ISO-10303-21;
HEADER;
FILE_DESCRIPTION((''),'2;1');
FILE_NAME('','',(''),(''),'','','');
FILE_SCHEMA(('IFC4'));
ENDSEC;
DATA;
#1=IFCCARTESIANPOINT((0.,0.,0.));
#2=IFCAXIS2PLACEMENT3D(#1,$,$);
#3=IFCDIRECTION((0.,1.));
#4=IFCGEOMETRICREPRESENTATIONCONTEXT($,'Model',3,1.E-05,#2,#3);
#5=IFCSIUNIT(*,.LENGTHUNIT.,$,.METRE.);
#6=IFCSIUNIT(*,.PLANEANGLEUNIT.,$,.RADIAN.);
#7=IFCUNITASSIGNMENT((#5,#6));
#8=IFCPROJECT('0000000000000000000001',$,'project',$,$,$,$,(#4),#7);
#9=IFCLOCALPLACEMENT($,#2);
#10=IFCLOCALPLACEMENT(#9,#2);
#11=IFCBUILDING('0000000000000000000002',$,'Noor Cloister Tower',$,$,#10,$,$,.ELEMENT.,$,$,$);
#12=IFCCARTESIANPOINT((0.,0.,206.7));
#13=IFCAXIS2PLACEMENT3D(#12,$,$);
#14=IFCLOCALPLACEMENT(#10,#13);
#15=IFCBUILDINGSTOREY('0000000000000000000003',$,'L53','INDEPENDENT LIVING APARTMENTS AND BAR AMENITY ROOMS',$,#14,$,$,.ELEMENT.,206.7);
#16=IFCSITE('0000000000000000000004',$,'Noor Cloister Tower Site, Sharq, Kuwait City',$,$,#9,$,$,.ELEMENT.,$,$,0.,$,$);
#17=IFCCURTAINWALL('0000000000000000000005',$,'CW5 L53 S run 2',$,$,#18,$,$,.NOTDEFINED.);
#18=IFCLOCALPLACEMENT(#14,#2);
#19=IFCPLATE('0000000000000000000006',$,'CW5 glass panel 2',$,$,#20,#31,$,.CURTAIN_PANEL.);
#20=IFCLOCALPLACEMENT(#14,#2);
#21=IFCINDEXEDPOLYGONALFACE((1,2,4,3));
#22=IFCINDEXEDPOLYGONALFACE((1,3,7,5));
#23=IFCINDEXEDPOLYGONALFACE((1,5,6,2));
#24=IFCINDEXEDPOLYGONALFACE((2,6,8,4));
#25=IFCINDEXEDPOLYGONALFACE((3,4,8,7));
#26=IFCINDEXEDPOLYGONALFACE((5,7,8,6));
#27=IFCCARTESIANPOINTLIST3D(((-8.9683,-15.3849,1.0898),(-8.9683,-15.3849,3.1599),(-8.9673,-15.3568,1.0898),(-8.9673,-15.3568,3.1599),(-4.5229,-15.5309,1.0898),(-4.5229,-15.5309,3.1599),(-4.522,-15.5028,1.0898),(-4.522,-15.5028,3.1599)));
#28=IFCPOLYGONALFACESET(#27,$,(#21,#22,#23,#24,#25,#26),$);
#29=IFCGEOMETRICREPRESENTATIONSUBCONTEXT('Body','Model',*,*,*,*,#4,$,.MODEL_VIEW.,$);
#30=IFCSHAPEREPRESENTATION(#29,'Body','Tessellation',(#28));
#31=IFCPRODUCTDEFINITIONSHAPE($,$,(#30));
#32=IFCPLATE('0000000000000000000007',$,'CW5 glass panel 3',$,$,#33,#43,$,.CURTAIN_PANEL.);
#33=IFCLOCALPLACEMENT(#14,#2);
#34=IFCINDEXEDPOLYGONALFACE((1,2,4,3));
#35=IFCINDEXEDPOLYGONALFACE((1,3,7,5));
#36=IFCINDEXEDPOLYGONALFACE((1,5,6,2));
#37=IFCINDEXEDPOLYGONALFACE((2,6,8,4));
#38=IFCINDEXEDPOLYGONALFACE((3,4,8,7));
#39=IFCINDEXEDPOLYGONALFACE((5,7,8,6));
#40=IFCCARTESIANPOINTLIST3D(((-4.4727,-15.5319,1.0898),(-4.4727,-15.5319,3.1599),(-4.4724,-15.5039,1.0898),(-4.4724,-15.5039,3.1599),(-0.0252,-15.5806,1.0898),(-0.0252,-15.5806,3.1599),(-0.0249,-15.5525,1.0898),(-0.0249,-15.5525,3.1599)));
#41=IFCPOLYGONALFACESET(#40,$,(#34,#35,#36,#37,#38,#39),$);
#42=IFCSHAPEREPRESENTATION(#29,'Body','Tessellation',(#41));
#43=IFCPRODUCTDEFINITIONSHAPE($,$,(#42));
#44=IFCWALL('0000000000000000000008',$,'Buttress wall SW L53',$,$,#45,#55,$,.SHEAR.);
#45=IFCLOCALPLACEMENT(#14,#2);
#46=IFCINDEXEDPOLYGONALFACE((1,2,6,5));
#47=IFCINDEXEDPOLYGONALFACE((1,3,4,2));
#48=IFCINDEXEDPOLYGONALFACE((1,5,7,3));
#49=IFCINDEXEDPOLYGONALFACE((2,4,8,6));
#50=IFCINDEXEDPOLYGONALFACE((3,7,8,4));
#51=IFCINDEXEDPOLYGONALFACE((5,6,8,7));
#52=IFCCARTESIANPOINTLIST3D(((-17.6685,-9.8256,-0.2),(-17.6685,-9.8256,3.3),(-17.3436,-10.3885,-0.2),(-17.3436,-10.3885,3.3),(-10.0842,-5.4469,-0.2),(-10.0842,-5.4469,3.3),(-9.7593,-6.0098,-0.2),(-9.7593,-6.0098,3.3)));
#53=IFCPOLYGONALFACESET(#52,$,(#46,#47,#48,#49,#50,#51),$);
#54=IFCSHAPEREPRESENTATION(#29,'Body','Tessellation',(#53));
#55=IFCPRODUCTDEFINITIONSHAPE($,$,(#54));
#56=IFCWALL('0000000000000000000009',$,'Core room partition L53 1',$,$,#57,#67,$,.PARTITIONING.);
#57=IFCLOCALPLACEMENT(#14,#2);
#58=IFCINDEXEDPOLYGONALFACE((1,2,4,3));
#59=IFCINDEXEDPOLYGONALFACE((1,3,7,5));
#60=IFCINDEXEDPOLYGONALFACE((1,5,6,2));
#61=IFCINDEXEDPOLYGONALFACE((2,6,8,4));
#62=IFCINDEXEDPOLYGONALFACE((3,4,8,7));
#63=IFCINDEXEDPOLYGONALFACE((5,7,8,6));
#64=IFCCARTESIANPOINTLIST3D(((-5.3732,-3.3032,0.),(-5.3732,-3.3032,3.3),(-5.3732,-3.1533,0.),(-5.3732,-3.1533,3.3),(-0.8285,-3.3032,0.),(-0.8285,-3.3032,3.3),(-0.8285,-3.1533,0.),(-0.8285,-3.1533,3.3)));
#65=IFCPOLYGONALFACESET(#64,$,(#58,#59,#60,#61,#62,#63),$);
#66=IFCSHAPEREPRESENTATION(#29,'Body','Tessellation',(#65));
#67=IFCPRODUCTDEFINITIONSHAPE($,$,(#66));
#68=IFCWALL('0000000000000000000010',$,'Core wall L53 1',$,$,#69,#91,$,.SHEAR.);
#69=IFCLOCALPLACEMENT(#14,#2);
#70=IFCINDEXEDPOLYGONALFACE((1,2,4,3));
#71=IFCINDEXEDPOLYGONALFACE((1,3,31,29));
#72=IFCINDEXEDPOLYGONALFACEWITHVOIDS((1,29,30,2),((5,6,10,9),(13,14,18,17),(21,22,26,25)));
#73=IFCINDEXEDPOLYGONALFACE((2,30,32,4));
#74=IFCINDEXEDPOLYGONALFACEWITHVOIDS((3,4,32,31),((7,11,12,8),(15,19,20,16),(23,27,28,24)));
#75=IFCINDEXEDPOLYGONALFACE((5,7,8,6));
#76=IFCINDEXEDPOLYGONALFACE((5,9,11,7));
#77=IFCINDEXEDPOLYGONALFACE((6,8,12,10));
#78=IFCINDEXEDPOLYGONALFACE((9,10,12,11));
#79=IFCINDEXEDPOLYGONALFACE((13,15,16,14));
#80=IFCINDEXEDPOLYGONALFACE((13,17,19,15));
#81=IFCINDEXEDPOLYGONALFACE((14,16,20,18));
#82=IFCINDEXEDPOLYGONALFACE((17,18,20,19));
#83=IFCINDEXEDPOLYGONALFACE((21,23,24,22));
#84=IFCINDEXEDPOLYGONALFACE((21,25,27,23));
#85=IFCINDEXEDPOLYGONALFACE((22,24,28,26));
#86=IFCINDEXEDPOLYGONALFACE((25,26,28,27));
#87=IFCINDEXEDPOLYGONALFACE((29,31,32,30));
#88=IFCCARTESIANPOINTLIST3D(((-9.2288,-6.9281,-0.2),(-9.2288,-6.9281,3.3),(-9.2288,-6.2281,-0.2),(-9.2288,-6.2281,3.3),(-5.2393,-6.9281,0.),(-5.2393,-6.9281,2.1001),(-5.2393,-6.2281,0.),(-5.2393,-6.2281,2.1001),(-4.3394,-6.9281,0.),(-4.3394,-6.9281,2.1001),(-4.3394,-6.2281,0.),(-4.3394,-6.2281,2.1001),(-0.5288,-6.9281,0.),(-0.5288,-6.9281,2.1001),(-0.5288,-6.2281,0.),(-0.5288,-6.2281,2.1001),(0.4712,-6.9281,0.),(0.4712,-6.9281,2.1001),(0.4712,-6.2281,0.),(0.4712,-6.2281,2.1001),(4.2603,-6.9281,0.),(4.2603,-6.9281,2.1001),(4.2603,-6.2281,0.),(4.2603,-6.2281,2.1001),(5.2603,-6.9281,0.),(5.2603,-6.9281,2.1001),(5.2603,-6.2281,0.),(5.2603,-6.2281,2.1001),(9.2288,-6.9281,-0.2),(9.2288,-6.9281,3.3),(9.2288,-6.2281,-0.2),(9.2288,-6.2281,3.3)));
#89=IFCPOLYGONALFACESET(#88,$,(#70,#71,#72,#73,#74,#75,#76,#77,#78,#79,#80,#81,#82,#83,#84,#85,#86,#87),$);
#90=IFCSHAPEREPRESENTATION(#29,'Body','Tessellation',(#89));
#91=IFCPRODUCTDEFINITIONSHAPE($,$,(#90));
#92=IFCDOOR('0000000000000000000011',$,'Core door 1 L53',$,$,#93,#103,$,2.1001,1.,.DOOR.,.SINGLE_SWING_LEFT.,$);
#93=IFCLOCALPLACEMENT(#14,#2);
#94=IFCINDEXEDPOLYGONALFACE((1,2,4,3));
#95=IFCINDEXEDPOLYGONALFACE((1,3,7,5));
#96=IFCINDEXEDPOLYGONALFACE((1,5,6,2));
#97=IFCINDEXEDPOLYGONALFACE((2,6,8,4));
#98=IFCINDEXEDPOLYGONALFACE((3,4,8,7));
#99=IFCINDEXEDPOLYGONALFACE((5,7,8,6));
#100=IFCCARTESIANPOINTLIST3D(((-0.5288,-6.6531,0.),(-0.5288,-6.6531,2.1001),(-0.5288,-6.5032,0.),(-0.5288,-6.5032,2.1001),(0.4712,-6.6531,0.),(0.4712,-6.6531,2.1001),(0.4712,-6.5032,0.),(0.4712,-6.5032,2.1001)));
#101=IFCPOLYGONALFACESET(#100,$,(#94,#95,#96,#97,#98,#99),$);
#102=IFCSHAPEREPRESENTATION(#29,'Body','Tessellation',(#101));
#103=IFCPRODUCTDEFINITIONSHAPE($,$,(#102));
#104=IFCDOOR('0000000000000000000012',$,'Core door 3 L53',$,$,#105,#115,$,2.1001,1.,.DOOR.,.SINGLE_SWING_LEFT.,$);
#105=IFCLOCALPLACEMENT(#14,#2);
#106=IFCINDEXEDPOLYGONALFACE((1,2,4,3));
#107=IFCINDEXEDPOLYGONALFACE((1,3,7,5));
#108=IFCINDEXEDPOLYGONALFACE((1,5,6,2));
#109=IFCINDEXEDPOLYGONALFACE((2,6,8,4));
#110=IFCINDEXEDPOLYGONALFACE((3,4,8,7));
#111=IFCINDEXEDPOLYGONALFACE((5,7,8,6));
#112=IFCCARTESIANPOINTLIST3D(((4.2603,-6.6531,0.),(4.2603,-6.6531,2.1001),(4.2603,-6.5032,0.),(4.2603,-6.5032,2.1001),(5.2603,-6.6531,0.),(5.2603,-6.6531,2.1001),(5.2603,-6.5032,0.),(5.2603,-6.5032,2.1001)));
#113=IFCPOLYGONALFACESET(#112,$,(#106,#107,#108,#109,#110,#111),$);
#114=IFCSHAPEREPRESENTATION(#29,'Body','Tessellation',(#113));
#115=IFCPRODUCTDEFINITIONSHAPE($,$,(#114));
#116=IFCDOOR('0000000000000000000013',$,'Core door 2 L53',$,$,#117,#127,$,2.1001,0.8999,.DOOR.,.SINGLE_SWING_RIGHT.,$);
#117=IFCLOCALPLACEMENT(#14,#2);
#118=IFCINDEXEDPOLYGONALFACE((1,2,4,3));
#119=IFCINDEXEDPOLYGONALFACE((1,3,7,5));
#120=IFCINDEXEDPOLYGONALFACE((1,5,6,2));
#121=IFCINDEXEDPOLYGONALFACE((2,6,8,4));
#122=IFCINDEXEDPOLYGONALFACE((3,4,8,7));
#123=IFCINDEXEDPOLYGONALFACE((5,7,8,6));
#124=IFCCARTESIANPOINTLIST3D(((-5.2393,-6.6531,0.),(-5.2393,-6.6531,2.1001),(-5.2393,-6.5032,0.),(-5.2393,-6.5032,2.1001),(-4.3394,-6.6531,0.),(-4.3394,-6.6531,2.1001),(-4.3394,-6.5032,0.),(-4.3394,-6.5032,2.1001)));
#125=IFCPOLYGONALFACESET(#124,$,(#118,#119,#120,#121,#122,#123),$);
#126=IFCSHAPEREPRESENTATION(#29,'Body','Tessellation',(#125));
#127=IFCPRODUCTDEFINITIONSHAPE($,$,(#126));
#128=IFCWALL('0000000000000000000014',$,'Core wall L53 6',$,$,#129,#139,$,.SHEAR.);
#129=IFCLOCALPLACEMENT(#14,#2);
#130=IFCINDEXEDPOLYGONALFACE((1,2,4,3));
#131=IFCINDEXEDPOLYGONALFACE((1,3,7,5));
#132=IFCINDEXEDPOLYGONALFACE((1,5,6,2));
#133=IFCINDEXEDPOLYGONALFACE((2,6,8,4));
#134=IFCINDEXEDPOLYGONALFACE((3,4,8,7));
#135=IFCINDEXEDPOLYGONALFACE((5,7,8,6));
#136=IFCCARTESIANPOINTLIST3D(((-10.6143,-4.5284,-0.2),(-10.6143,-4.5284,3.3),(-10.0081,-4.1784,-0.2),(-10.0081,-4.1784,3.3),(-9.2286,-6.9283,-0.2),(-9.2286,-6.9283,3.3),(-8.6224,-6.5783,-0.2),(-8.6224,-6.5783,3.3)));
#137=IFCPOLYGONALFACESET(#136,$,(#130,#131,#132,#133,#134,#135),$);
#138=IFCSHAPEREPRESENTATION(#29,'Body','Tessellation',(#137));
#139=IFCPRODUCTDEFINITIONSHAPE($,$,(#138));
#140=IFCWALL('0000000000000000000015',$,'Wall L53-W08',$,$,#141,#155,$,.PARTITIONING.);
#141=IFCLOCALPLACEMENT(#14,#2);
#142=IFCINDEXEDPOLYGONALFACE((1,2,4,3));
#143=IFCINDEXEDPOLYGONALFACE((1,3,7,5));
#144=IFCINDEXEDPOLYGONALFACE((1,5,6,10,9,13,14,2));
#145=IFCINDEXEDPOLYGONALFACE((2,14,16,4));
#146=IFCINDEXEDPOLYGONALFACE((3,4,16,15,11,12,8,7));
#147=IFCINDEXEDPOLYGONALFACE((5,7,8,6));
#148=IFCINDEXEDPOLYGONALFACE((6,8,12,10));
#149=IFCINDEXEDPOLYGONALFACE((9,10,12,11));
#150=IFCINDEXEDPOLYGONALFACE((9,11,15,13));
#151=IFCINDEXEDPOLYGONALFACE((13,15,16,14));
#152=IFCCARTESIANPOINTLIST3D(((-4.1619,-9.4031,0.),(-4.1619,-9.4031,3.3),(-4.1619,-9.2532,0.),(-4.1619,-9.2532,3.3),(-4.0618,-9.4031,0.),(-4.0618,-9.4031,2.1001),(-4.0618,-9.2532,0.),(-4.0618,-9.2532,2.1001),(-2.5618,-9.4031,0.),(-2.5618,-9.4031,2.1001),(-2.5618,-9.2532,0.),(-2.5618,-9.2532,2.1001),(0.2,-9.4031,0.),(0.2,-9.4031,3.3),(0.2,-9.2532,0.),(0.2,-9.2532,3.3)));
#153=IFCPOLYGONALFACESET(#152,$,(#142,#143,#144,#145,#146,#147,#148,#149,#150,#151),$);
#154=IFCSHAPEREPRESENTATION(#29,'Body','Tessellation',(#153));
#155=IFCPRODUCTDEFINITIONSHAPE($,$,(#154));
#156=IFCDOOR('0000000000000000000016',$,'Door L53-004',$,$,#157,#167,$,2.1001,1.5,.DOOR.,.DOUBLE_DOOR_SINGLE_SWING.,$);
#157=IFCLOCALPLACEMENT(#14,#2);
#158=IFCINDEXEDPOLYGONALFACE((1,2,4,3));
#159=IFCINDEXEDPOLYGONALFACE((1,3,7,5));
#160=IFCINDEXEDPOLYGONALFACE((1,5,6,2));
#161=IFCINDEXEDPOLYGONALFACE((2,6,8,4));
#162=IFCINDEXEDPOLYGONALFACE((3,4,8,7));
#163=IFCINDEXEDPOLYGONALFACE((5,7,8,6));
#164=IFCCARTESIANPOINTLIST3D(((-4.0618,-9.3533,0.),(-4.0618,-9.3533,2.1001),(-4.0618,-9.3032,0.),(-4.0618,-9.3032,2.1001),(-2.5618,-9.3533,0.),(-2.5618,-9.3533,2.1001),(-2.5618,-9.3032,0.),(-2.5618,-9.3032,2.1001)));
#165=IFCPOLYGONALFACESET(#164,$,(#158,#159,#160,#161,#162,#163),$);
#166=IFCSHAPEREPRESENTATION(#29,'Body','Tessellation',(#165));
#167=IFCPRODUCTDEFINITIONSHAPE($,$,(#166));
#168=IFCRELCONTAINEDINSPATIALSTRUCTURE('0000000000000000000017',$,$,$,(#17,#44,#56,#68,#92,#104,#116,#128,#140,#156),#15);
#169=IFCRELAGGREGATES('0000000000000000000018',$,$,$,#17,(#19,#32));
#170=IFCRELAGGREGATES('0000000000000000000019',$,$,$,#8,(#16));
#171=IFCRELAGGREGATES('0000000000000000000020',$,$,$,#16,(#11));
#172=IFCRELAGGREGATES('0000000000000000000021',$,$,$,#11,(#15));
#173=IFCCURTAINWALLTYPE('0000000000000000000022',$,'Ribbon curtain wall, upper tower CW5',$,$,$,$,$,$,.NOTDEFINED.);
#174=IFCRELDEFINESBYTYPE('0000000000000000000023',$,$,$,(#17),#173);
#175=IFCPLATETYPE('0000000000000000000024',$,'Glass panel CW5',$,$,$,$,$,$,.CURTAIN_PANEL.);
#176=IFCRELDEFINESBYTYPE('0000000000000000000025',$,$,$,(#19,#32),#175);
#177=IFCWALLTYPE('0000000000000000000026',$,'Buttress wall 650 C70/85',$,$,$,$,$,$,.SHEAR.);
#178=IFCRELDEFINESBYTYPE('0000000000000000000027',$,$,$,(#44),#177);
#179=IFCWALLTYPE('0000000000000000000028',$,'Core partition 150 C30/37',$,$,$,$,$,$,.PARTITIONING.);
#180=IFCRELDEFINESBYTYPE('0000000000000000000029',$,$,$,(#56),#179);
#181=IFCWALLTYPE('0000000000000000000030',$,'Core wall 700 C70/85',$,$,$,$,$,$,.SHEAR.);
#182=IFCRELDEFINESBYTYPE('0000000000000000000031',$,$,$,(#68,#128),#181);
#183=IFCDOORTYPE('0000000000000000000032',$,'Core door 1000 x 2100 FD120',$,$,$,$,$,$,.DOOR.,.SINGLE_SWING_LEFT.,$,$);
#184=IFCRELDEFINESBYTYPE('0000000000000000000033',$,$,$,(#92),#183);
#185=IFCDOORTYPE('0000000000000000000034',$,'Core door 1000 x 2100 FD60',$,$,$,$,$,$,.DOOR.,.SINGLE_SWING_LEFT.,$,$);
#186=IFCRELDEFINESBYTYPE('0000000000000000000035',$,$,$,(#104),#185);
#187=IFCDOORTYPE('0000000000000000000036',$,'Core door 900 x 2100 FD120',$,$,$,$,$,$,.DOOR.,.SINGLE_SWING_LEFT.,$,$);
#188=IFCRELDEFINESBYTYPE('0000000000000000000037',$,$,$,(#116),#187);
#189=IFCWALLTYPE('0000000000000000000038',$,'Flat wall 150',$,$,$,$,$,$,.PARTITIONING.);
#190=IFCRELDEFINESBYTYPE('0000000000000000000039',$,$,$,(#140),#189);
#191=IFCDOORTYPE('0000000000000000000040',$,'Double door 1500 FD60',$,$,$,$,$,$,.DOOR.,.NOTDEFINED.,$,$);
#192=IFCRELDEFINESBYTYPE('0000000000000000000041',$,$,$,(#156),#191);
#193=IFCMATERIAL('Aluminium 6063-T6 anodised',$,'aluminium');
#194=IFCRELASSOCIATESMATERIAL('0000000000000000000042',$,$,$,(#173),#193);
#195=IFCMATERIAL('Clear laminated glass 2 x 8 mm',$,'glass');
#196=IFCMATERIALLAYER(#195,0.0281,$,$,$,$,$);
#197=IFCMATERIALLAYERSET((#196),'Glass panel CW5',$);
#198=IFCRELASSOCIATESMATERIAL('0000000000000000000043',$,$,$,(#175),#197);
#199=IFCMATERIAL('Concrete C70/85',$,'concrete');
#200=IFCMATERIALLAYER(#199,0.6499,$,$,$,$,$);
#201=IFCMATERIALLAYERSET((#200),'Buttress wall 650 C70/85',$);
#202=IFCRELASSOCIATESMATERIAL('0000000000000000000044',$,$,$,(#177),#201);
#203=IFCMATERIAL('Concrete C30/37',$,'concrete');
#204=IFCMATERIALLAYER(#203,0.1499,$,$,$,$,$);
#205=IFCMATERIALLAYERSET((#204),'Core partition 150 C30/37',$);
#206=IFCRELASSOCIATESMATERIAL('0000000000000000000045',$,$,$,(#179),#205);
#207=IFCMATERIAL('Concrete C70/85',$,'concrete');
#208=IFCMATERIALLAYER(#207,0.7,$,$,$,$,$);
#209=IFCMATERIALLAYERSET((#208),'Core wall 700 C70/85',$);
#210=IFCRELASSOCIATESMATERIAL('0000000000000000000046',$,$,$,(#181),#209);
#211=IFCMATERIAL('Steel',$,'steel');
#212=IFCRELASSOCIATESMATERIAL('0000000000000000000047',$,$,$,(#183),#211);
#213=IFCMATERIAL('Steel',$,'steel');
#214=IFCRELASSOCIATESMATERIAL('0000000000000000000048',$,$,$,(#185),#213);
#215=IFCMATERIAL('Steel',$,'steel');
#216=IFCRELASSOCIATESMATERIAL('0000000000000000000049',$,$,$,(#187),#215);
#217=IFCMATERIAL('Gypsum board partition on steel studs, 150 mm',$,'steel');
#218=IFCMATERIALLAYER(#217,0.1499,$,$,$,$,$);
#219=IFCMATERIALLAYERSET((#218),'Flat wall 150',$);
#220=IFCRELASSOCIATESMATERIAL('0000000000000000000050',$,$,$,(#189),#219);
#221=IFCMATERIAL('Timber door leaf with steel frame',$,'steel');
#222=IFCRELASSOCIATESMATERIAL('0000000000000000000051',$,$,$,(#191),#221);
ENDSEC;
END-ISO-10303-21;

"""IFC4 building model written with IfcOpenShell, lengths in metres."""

from ifc_helpers import new_model, si_unit, direction, frame, frame_2d, origin, origin_2d, place, context, subcontext, project, spatial, rectangle, extrude, material, layer, layer_set, type_object, element, fill, aggregate, save


model = new_model("IFC4")

# Units and contexts
model_context = context("Model", 3, precision=1e-05, world=origin(), true_north=direction((0.0, 1.0)))
body_context = subcontext(model_context, "Body", "Model", "MODEL_VIEW")
ifc_project = project(units=[si_unit("LENGTHUNIT", "METRE"), si_unit("PLANEANGLEUNIT", "RADIAN")], contexts=[model_context])

# Site, building, storey
site_placement = place(None, origin())
site = spatial("IfcSite", under=ifc_project, at=site_placement, Name="Noor Cloister Tower Site, Sharq, Kuwait City", CompositionType="ELEMENT", RefElevation=0.0)
building_placement = place(site_placement, origin())
building = spatial("IfcBuilding", under=site, at=building_placement, Name="Noor Cloister Tower", CompositionType="ELEMENT")
storey_placement = place(building_placement, frame((0.0, 0.0, 206.7)))
storey = spatial("IfcBuildingStorey", under=building, at=storey_placement, Name="L53", Description="INDEPENDENT LIVING APARTMENTS AND BAR AMENITY ROOMS", CompositionType="ELEMENT", Elevation=206.7)

# Curtain wall
ifc_material_1 = material(Name="Aluminium 6063-T6 anodised", Category="aluminium")
curtain_wall_type = type_object("IfcCurtainWallType", Name="Ribbon curtain wall, upper tower CW5", PredefinedType="NOTDEFINED", material=ifc_material_1)
curtain_wall_1_placement = place(storey_placement, origin())
curtain_wall_1 = element("IfcCurtainWall", 1, at=curtain_wall_1_placement, inside=storey, type_object=curtain_wall_type, Name="CW5 L53 S run 2", PredefinedType="NOTDEFINED")

# Plates
ifc_material_2 = material(Name="Clear laminated glass 2 x 8 mm", Category="glass")
ifc_layer_1 = layer(ifc_material_2, 0.0281)
ifc_layer_set_1 = layer_set([ifc_layer_1], Name="Glass panel CW5")
plate_type = type_object("IfcPlateType", Name="Glass panel CW5", PredefinedType="CURTAIN_PANEL", material=ifc_layer_set_1)
plate_1_placement = place(storey_placement, frame((-6.7451, -15.4438, 1.0898), z_axis=(0.0, 0.0, 1.0), x_axis=(0.999461, -0.032831, 0.0)))
plate_1 = element("IfcPlate", 2, at=plate_1_placement, type_object=plate_type, Name="CW5 glass panel 2", PredefinedType="CURTAIN_PANEL", context=body_context, shape_type="SweptSolid", body=[
    extrude(rectangle(XDim=4.4478, YDim=0.0281, at=origin_2d()), origin(), (0.0, 0.0, 1.0), 2.0701),
])
plate_2_placement = place(storey_placement, frame((-2.2488, -15.5422, 1.0898), z_axis=(0.0, 0.0, 1.0), x_axis=(0.99994, -0.010946, 0.0)))
plate_2 = element("IfcPlate", 3, at=plate_2_placement, type_object=plate_type, Name="CW5 glass panel 3", PredefinedType="CURTAIN_PANEL", context=body_context, shape_type="SweptSolid", body=[
    extrude(rectangle(XDim=4.4478, YDim=0.0281, at=origin_2d()), origin(), (0.0, 0.0, 1.0), 2.0701),
])
aggregate(curtain_wall_1, [plate_1, plate_2])

# Walls
ifc_material_3 = material(Name="Concrete C70/85", Category="concrete")
ifc_layer_2 = layer(ifc_material_3, 0.6499)
ifc_layer_set_2 = layer_set([ifc_layer_2], Name="Buttress wall 650 C70/85")
wall_type_1 = type_object("IfcWallType", Name="Buttress wall 650 C70/85", PredefinedType="SHEAR", material=ifc_layer_set_2)
wall_1_placement = place(storey_placement, frame((-9.9216, -5.7283, -0.2), z_axis=(0.0, 0.0, 1.0), x_axis=(-0.86603, -0.499992, 0.0)))
element("IfcWall", 4, at=wall_1_placement, inside=storey, type_object=wall_type_1, Name="Buttress wall SW L53", PredefinedType="SHEAR", context=body_context, shape_type="SweptSolid", body=[
    extrude(rectangle(XDim=8.7576, YDim=0.6499, at=frame_2d((4.3789, 0.0))), origin(), (0.0, 0.0, 1.0), 3.5),
])
ifc_material_4 = material(Name="Concrete C30/37", Category="concrete")
ifc_layer_3 = layer(ifc_material_4, 0.1499)
ifc_layer_set_3 = layer_set([ifc_layer_3], Name="Core partition 150 C30/37")
wall_type_2 = type_object("IfcWallType", Name="Core partition 150 C30/37", PredefinedType="PARTITIONING", material=ifc_layer_set_3)
wall_2_placement = place(storey_placement, frame((-5.3733, -3.2283, 0.0), z_axis=(0.0, 0.0, 1.0), x_axis=(1.0, 0.0, 0.0)))
element("IfcWall", 5, at=wall_2_placement, inside=storey, type_object=wall_type_2, Name="Core room partition L53 1", PredefinedType="PARTITIONING", context=body_context, shape_type="SweptSolid", body=[
    extrude(rectangle(XDim=4.5447, YDim=0.1499, at=frame_2d((2.2725, 0.0))), origin(), (0.0, 0.0, 1.0), 3.3),
])

# Wall, openings, doors
ifc_material_5 = material(Name="Concrete C70/85", Category="concrete")
ifc_layer_4 = layer(ifc_material_5, 0.7)
ifc_layer_set_4 = layer_set([ifc_layer_4], Name="Core wall 700 C70/85")
wall_type_3 = type_object("IfcWallType", Name="Core wall 700 C70/85", PredefinedType="SHEAR", material=ifc_layer_set_4)
wall_3_placement = place(storey_placement, frame((-9.2288, -6.5781, -0.2), z_axis=(0.0, 0.0, 1.0), x_axis=(1.0, 0.0, 0.0)))
wall_3 = element("IfcWall", 6, at=wall_3_placement, inside=storey, type_object=wall_type_3, Name="Core wall L53 1", PredefinedType="SHEAR", context=body_context, shape_type="SweptSolid", body=[
    extrude(rectangle(XDim=18.4575, YDim=0.7, at=frame_2d((9.2288, 0.0))), origin(), (0.0, 0.0, 1.0), 3.5),
])
opening_1_placement = place(wall_3_placement, frame((8.7, 0.0, 0.2)))
opening_1 = element("IfcOpeningElement", 7, at=opening_1_placement, cuts=wall_3, PredefinedType="OPENING", context=body_context, shape_type="SweptSolid", body=[
    extrude(rectangle(XDim=1.0, YDim=2.1001, at=frame_2d((0.5, 1.05))), frame((0.0, 0.3599, 0.0), z_axis=(0.0, -1.0, 0.0), x_axis=(1.0, 0.0, 0.0)), (0.0, 0.0, 1.0), 0.72),
])
opening_2_placement = place(wall_3_placement, frame((3.9895, 0.0, 0.2)))
opening_2 = element("IfcOpeningElement", 8, at=opening_2_placement, cuts=wall_3, PredefinedType="OPENING", context=body_context, shape_type="SweptSolid", body=[
    extrude(rectangle(XDim=0.8999, YDim=2.1001, at=frame_2d((0.45, 1.05))), frame((0.0, 0.3599, 0.0), z_axis=(0.0, -1.0, 0.0), x_axis=(1.0, 0.0, 0.0)), (0.0, 0.0, 1.0), 0.72),
])
opening_3_placement = place(wall_3_placement, frame((13.489, 0.0, 0.2)))
opening_3 = element("IfcOpeningElement", 9, at=opening_3_placement, cuts=wall_3, PredefinedType="OPENING", context=body_context, shape_type="SweptSolid", body=[
    extrude(rectangle(XDim=1.0, YDim=2.1001, at=frame_2d((0.5, 1.05))), frame((0.0, 0.3599, 0.0), z_axis=(0.0, -1.0, 0.0), x_axis=(1.0, 0.0, 0.0)), (0.0, 0.0, 1.0), 0.72),
])
ifc_material_6 = material(Name="Steel", Category="steel")
door_type_1 = type_object("IfcDoorType", Name="Core door 1000 x 2100 FD120", OperationType="SINGLE_SWING_LEFT", PredefinedType="DOOR", material=ifc_material_6)
door_1_placement = place(opening_1_placement, origin())
door_1 = element("IfcDoor", 10, at=door_1_placement, inside=storey, type_object=door_type_1, Name="Core door 1 L53", OperationType="SINGLE_SWING_LEFT", OverallHeight=2.1001, OverallWidth=1.0, PredefinedType="DOOR", context=body_context, shape_type="SweptSolid", body=[
    extrude(rectangle(XDim=1.0, YDim=2.1001, at=frame_2d((0.5, 1.05))), frame((0.0, 0.075, 0.0), z_axis=(0.0, -1.0, 0.0), x_axis=(1.0, 0.0, 0.0)), (0.0, 0.0, 1.0), 0.1499),
])
fill(opening_1, door_1)
ifc_material_7 = material(Name="Steel", Category="steel")
door_type_2 = type_object("IfcDoorType", Name="Core door 1000 x 2100 FD60", OperationType="SINGLE_SWING_LEFT", PredefinedType="DOOR", material=ifc_material_7)
door_2_placement = place(opening_3_placement, origin())
door_2 = element("IfcDoor", 11, at=door_2_placement, inside=storey, type_object=door_type_2, Name="Core door 3 L53", OperationType="SINGLE_SWING_LEFT", OverallHeight=2.1001, OverallWidth=1.0, PredefinedType="DOOR", context=body_context, shape_type="SweptSolid", body=[
    extrude(rectangle(XDim=1.0, YDim=2.1001, at=frame_2d((0.5, 1.05))), frame((0.0, 0.075, 0.0), z_axis=(0.0, -1.0, 0.0), x_axis=(1.0, 0.0, 0.0)), (0.0, 0.0, 1.0), 0.1499),
])
fill(opening_3, door_2)
ifc_material_8 = material(Name="Steel", Category="steel")
door_type_3 = type_object("IfcDoorType", Name="Core door 900 x 2100 FD120", OperationType="SINGLE_SWING_LEFT", PredefinedType="DOOR", material=ifc_material_8)
door_3_placement = place(opening_2_placement, origin())
door_3 = element("IfcDoor", 12, at=door_3_placement, inside=storey, type_object=door_type_3, Name="Core door 2 L53", OperationType="SINGLE_SWING_RIGHT", OverallHeight=2.1001, OverallWidth=0.8999, PredefinedType="DOOR", context=body_context, shape_type="SweptSolid", body=[
    extrude(rectangle(XDim=0.8999, YDim=2.1001, at=frame_2d((0.45, 1.05))), frame((0.0, 0.075, 0.0), z_axis=(0.0, -1.0, 0.0), x_axis=(1.0, 0.0, 0.0)), (0.0, 0.0, 1.0), 0.1499),
])
fill(opening_2, door_3)

# Wall
wall_4_placement = place(storey_placement, frame((-10.3113, -4.3533, -0.2), z_axis=(0.0, 0.0, 1.0), x_axis=(0.500043, -0.866001, 0.0)))
element("IfcWall", 13, at=wall_4_placement, inside=storey, type_object=wall_type_3, Name="Core wall L53 6", PredefinedType="SHEAR", context=body_context, shape_type="SweptSolid", body=[
    extrude(rectangle(XDim=2.7712, YDim=0.7, at=frame_2d((1.3857, 0.0))), origin(), (0.0, 0.0, 1.0), 3.5),
])

# Wall, opening, door
ifc_material_9 = material(Name="Gypsum board partition on steel studs, 150 mm", Category="steel")
ifc_layer_5 = layer(ifc_material_9, 0.1499)
ifc_layer_set_5 = layer_set([ifc_layer_5], Name="Flat wall 150")
wall_type_4 = type_object("IfcWallType", Name="Flat wall 150", PredefinedType="PARTITIONING", material=ifc_layer_set_5)
wall_5_placement = place(storey_placement, frame((-4.1619, -9.3281, 0.0), z_axis=(0.0, 0.0, 1.0), x_axis=(1.0, 0.0, 0.0)))
wall_5 = element("IfcWall", 14, at=wall_5_placement, inside=storey, type_object=wall_type_4, Name="Wall L53-W08", PredefinedType="PARTITIONING", context=body_context, shape_type="SweptSolid", body=[
    extrude(rectangle(XDim=4.3618, YDim=0.1499, at=frame_2d((2.1809, 0.0))), origin(), (0.0, 0.0, 1.0), 3.3),
])
opening_4_placement = place(wall_5_placement, frame((0.1001, 0.0, 0.0)))
opening_4 = element("IfcOpeningElement", 15, at=opening_4_placement, cuts=wall_5, PredefinedType="OPENING", context=body_context, shape_type="SweptSolid", body=[
    extrude(rectangle(XDim=1.5, YDim=2.1001, at=frame_2d((0.75, 1.05))), frame((0.0, 0.085, 0.0), z_axis=(0.0, -1.0, 0.0), x_axis=(1.0, 0.0, 0.0)), (0.0, 0.0, 1.0), 0.1699),
])
ifc_material_10 = material(Name="Timber door leaf with steel frame", Category="steel")
door_type_4 = type_object("IfcDoorType", Name="Double door 1500 FD60", OperationType="NOTDEFINED", PredefinedType="DOOR", material=ifc_material_10)
door_4_placement = place(opening_4_placement, origin())
door_4 = element("IfcDoor", 16, at=door_4_placement, inside=storey, type_object=door_type_4, Name="Door L53-004", OperationType="DOUBLE_DOOR_SINGLE_SWING", OverallHeight=2.1001, OverallWidth=1.5, PredefinedType="DOOR", context=body_context, shape_type="SweptSolid", body=[
    extrude(rectangle(XDim=1.5, YDim=2.1001, at=frame_2d((0.75, 1.05))), frame((0.0, 0.0249, 0.0), z_axis=(0.0, -1.0, 0.0), x_axis=(1.0, 0.0, 0.0)), (0.0, 0.0, 1.0), 0.05),
])
fill(opening_4, door_4)

save(model, "model.ifc")
